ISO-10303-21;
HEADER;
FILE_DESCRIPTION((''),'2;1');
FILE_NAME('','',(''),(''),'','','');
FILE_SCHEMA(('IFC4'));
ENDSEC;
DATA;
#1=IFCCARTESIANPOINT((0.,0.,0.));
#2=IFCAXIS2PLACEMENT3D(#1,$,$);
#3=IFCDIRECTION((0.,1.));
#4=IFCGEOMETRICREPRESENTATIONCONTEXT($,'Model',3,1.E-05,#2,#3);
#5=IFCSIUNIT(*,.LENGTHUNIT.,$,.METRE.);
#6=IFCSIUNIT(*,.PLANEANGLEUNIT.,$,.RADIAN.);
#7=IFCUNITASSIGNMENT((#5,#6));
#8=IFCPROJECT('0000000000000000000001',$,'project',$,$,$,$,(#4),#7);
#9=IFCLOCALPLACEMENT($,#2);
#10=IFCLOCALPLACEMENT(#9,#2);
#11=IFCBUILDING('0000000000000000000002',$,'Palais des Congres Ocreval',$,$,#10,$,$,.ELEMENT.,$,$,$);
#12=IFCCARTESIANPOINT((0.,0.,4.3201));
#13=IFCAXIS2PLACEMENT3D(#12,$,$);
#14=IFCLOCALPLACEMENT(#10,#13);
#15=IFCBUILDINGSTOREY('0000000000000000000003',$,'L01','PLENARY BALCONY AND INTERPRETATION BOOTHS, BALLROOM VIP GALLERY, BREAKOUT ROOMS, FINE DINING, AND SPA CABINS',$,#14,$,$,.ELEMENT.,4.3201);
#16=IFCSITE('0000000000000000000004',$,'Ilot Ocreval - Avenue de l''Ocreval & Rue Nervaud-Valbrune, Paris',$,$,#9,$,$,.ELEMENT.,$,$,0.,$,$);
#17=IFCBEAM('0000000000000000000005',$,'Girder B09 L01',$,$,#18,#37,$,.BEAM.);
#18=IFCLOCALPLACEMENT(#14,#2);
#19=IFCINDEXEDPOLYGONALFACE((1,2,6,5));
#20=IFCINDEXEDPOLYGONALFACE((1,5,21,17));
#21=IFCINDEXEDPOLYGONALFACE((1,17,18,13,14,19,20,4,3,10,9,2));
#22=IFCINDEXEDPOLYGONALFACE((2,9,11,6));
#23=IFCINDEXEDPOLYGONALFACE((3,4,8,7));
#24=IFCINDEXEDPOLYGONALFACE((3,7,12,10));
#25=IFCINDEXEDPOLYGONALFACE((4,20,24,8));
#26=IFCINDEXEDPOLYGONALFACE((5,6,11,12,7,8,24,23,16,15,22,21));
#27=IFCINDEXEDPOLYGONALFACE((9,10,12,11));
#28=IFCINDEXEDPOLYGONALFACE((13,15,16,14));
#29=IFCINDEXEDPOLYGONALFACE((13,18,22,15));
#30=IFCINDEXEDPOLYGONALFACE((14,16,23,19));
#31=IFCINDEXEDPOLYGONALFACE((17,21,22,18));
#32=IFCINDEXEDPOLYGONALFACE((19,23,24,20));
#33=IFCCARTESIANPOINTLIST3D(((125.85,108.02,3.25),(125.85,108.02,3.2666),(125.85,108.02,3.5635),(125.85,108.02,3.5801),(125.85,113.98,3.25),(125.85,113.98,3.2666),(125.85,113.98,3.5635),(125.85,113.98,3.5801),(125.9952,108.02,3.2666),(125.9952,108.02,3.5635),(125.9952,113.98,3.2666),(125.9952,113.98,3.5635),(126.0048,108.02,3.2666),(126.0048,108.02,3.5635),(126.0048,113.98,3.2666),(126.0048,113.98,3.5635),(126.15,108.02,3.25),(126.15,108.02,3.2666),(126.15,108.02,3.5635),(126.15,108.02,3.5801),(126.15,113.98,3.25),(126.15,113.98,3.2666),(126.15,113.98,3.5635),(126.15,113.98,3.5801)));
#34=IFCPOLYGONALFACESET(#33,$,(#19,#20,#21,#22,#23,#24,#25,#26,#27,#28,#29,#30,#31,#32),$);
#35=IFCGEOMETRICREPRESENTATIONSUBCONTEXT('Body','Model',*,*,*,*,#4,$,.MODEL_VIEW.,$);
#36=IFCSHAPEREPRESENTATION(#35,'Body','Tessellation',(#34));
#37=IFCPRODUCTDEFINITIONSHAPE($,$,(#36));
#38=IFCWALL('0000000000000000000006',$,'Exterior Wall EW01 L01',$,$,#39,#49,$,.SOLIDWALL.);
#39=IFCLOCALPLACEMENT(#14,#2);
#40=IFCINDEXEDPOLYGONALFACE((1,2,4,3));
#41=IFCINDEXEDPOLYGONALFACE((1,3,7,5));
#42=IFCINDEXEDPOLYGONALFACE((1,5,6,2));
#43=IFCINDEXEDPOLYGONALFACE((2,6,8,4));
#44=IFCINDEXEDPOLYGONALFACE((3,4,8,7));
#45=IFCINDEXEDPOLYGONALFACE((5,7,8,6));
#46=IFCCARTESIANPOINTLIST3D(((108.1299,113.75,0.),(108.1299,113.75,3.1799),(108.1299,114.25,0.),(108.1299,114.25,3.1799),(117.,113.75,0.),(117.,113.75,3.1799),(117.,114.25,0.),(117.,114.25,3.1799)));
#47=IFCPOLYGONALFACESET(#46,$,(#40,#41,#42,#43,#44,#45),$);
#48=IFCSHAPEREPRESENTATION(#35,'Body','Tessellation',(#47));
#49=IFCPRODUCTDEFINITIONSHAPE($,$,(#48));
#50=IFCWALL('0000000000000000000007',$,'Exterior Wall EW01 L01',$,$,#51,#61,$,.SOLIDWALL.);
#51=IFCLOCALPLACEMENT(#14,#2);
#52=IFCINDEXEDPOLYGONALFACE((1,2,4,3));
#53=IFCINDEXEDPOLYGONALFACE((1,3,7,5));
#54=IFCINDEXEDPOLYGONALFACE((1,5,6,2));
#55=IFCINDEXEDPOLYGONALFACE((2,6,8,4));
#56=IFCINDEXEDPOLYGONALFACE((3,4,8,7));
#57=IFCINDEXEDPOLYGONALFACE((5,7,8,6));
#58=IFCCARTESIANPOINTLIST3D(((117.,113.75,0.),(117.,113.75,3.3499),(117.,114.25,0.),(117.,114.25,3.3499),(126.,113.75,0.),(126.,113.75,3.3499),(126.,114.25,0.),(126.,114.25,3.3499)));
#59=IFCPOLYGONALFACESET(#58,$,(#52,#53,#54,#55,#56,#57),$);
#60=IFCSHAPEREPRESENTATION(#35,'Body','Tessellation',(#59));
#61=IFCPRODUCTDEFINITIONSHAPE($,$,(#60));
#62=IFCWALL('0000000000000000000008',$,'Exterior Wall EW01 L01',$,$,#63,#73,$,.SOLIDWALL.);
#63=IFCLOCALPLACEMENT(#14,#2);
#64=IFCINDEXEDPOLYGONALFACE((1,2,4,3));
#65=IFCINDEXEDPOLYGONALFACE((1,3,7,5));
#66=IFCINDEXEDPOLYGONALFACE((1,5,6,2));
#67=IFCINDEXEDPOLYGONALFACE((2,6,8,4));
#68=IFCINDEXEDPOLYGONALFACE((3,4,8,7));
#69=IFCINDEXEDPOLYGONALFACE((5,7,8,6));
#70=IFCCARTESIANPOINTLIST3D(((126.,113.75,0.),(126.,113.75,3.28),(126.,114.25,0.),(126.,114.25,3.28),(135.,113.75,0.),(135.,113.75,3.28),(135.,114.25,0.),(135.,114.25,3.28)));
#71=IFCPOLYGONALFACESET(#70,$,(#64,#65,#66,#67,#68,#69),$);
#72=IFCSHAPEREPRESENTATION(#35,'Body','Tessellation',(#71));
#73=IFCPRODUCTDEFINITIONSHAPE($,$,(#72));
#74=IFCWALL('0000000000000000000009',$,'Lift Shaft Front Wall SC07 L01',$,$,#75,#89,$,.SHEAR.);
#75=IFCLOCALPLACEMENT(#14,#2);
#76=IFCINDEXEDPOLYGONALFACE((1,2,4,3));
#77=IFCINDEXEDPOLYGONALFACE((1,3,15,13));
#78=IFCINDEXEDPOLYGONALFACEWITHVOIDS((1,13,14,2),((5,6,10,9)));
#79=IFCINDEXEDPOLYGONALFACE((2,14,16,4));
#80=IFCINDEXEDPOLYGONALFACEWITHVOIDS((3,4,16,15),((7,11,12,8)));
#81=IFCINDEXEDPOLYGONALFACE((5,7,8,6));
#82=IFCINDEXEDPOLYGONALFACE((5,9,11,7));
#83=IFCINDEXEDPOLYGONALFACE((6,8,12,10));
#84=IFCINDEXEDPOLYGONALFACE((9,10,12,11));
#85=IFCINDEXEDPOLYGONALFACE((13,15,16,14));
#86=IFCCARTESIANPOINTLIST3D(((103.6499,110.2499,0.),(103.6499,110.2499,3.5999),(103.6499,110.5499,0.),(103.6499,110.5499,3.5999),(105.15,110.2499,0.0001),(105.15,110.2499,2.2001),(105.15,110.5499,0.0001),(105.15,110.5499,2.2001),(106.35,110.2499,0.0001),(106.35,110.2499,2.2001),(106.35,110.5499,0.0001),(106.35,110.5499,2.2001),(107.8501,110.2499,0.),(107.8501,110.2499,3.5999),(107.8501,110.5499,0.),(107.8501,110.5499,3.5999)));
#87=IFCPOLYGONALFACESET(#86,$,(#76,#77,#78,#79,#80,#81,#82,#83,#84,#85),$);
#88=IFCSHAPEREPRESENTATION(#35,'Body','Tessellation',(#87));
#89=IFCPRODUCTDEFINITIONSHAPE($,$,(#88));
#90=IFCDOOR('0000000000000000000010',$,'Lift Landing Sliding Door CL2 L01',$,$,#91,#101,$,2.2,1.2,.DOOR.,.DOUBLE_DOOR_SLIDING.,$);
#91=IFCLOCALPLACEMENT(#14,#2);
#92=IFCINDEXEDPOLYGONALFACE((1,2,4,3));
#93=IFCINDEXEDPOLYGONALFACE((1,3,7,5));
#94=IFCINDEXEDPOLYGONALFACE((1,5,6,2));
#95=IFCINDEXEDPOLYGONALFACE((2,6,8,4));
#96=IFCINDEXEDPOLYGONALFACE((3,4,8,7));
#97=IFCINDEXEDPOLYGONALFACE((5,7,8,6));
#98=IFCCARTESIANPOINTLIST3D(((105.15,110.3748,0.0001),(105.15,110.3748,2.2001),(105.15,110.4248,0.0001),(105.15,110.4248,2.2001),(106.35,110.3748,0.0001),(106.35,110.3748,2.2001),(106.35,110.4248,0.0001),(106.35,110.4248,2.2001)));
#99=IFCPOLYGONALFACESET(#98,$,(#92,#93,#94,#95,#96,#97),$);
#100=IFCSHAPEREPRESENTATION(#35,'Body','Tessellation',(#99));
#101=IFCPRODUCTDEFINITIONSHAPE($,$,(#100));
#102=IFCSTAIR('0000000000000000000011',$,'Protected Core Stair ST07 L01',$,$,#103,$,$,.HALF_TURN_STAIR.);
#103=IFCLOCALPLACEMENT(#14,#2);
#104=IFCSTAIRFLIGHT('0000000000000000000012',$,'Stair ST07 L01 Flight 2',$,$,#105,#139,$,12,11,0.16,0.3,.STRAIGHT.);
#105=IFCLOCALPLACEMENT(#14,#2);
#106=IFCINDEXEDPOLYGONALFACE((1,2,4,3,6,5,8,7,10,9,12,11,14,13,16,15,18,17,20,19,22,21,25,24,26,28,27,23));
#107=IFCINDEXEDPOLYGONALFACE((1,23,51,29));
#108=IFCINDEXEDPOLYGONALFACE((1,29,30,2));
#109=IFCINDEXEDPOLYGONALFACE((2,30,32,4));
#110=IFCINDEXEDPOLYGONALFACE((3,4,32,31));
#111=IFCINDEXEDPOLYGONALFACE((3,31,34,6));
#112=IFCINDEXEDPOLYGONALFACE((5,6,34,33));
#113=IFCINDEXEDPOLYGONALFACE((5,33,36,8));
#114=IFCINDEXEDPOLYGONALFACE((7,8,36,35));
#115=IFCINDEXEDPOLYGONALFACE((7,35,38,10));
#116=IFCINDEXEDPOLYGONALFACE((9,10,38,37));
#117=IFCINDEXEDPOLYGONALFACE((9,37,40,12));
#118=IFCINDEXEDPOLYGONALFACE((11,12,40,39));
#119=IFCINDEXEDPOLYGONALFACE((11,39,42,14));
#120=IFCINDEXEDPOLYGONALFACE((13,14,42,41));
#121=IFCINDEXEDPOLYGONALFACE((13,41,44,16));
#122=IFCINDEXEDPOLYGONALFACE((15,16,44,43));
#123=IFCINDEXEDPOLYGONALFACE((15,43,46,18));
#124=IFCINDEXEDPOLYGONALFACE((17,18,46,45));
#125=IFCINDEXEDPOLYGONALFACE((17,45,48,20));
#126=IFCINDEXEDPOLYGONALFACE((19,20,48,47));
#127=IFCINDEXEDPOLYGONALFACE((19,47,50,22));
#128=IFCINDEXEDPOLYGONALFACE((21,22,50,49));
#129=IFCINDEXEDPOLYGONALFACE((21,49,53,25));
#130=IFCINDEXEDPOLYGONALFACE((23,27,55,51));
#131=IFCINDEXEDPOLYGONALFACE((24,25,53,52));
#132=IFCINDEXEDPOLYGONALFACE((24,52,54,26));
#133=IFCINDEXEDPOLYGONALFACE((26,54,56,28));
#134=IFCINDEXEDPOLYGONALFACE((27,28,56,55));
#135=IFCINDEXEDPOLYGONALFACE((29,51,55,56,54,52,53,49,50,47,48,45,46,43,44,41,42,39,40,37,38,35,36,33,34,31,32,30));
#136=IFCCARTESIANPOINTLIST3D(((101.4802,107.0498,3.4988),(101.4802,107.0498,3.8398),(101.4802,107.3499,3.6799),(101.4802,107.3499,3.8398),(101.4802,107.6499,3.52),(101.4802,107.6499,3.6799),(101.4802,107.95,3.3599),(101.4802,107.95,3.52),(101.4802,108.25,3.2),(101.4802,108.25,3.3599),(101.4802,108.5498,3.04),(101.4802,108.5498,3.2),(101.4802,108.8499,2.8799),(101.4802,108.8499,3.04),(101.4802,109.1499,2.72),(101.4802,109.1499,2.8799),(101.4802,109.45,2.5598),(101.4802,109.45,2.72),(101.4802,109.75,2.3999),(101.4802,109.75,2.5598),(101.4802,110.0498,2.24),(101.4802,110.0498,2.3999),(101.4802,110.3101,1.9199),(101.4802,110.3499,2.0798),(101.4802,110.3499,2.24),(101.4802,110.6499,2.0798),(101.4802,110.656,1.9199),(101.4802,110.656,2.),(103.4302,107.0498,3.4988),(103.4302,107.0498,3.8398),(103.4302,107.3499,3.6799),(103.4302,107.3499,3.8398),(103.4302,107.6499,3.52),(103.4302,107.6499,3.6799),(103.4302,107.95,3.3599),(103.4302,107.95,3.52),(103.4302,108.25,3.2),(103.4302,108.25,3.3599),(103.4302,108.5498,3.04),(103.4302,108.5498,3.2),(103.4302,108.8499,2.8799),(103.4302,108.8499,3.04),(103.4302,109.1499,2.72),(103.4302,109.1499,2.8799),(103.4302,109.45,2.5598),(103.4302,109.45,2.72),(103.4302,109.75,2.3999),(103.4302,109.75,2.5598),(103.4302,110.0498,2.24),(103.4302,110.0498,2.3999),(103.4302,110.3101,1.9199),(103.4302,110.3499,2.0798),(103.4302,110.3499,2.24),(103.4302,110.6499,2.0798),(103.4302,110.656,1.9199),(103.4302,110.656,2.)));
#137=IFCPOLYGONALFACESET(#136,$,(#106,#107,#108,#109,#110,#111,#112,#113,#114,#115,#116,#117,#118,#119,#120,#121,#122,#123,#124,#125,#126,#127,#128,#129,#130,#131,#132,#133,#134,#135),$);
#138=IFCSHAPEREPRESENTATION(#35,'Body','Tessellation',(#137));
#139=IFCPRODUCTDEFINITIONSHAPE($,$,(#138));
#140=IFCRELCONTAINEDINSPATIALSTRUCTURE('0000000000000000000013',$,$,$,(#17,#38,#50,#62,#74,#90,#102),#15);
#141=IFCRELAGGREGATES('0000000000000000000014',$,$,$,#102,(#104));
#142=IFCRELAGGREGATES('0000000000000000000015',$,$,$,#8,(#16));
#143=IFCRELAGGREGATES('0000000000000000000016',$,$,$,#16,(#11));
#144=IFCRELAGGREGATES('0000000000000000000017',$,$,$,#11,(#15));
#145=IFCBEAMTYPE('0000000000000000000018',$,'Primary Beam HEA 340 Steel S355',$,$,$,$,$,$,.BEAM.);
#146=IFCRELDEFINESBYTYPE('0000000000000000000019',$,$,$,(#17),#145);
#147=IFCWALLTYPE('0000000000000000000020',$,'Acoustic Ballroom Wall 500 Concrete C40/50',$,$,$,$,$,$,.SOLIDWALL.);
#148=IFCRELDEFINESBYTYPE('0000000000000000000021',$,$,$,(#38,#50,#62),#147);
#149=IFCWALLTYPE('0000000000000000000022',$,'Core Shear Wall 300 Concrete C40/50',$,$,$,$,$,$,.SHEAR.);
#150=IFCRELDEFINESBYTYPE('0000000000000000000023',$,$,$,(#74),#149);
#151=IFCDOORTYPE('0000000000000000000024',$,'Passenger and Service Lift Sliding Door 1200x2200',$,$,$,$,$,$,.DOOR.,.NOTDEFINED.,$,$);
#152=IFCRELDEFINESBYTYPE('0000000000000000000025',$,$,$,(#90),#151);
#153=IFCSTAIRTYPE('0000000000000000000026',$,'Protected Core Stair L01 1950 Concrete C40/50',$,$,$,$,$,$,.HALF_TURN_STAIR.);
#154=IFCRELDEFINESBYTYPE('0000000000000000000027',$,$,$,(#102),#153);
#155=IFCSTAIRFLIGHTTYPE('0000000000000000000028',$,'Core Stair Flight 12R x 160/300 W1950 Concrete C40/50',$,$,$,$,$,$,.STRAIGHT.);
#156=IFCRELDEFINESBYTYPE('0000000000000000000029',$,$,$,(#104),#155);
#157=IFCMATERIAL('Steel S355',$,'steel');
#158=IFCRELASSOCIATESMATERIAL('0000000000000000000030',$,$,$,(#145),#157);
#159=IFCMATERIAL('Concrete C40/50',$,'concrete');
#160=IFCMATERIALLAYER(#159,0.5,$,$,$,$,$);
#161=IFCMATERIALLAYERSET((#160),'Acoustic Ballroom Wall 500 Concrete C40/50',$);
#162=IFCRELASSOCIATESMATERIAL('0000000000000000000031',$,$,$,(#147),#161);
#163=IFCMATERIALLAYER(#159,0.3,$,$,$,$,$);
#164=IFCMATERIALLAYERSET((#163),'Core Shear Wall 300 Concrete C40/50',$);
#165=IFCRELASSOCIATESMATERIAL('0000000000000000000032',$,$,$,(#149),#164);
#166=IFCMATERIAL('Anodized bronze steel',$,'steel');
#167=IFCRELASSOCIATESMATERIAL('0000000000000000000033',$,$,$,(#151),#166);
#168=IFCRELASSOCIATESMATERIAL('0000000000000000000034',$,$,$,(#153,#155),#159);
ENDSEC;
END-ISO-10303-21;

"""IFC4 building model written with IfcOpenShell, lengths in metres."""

from ifc_helpers import new_model, si_unit, direction, frame, frame_2d, origin, origin_2d, place, context, subcontext, project, spatial, polyline, rectangle, i_section, outline, extrude, material, layer, layer_set, material_profile, profile_set, type_object, element, fill, aggregate, save


model = new_model("IFC4")

# Units and contexts
model_context = context("Model", 3, precision=1e-05, world=origin(), true_north=direction((0.0, 1.0)))
body_context = subcontext(model_context, "Body", "Model", "MODEL_VIEW")
ifc_project = project(units=[si_unit("LENGTHUNIT", "METRE"), si_unit("PLANEANGLEUNIT", "RADIAN")], contexts=[model_context])

# Site, building, storey
site_placement = place(None, origin())
site = spatial("IfcSite", under=ifc_project, at=site_placement, Name="Ilot Ocreval - Avenue de l'Ocreval & Rue Nervaud-Valbrune, Paris", CompositionType="ELEMENT", RefElevation=0.0)
building_placement = place(site_placement, origin())
building = spatial("IfcBuilding", under=site, at=building_placement, Name="Palais des Congres Ocreval", CompositionType="ELEMENT")
storey_placement = place(building_placement, frame((0.0, 0.0, 4.3201)))
storey = spatial("IfcBuildingStorey", under=building, at=storey_placement, Name="L01", Description="PLENARY BALCONY AND INTERPRETATION BOOTHS, BALLROOM VIP GALLERY, BREAKOUT ROOMS, FINE DINING, AND SPA CABINS", CompositionType="ELEMENT", Elevation=4.3201)

# Shared definitions
ifc_material_1 = material(Name="Steel S355", Category="steel")

# Beam
ifc_material_profile_1 = material_profile(ifc_material_1, i_section(OverallWidth=0.3, OverallDepth=0.3301, WebThickness=0.0095, FlangeThickness=0.0166, at=origin_2d()), Name="HEA 340")
ifc_profile_set_1 = profile_set([ifc_material_profile_1], Name="Steel S355")
beam_type_1 = type_object("IfcBeamType", Name="Primary Beam HEA 340 Steel S355", PredefinedType="BEAM", material=ifc_profile_set_1)
beam_1_placement = place(storey_placement, frame((126.0, 108.02, 3.415), z_axis=(0.0, 1.0, 0.0), x_axis=(-1.0, 0.0, 0.0)))
element("IfcBeam", 1, at=beam_1_placement, inside=storey, type_object=beam_type_1, Name="Girder B09 L01", PredefinedType="BEAM", context=body_context, shape_type="SweptSolid", body=[
    extrude(i_section(OverallWidth=0.3, OverallDepth=0.3301, WebThickness=0.0095, FlangeThickness=0.0166, at=origin_2d()), origin(), (0.0, 0.0, 1.0), 5.96),
])

# Walls
ifc_material_2 = material(Name="Concrete C40/50", Category="concrete")
ifc_layer_1 = layer(ifc_material_2, 0.5)
ifc_layer_set_1 = layer_set([ifc_layer_1], Name="Acoustic Ballroom Wall 500 Concrete C40/50")
wall_type_1 = type_object("IfcWallType", Name="Acoustic Ballroom Wall 500 Concrete C40/50", PredefinedType="SOLIDWALL", material=ifc_layer_set_1)
wall_1_placement = place(storey_placement, frame((108.1299, 114.0, 0.0), z_axis=(0.0, 0.0, 1.0), x_axis=(1.0, 0.0, 0.0)))
element("IfcWall", 2, at=wall_1_placement, inside=storey, type_object=wall_type_1, Name="Exterior Wall EW01 L01", PredefinedType="SOLIDWALL", context=body_context, shape_type="SweptSolid", body=[
    extrude(rectangle(XDim=8.8701, YDim=0.5, at=frame_2d((4.4351, 0.0))), origin(), (0.0, 0.0, 1.0), 3.1799),
])
wall_2_placement = place(storey_placement, frame((117.0, 114.0, 0.0), z_axis=(0.0, 0.0, 1.0), x_axis=(1.0, 0.0, 0.0)))
element("IfcWall", 3, at=wall_2_placement, inside=storey, type_object=wall_type_1, Name="Exterior Wall EW01 L01", PredefinedType="SOLIDWALL", context=body_context, shape_type="SweptSolid", body=[
    extrude(rectangle(XDim=9.0, YDim=0.5, at=frame_2d((4.5, 0.0))), origin(), (0.0, 0.0, 1.0), 3.3499),
])
wall_3_placement = place(storey_placement, frame((126.0, 114.0, 0.0), z_axis=(0.0, 0.0, 1.0), x_axis=(1.0, 0.0, 0.0)))
element("IfcWall", 4, at=wall_3_placement, inside=storey, type_object=wall_type_1, Name="Exterior Wall EW01 L01", PredefinedType="SOLIDWALL", context=body_context, shape_type="SweptSolid", body=[
    extrude(rectangle(XDim=9.0, YDim=0.5, at=frame_2d((4.5, 0.0))), origin(), (0.0, 0.0, 1.0), 3.28),
])

# Wall, opening, door
ifc_layer_2 = layer(ifc_material_2, 0.3)
ifc_layer_set_2 = layer_set([ifc_layer_2], Name="Core Shear Wall 300 Concrete C40/50")
wall_type_2 = type_object("IfcWallType", Name="Core Shear Wall 300 Concrete C40/50", PredefinedType="SHEAR", material=ifc_layer_set_2)
wall_4_placement = place(storey_placement, frame((103.6499, 110.3999, 0.0), z_axis=(0.0, 0.0, 1.0), x_axis=(1.0, 0.0, 0.0)))
wall_4 = element("IfcWall", 5, at=wall_4_placement, inside=storey, type_object=wall_type_2, Name="Lift Shaft Front Wall SC07 L01", PredefinedType="SHEAR", context=body_context, shape_type="SweptSolid", body=[
    extrude(rectangle(XDim=4.2002, YDim=0.3, at=frame_2d((2.1001, 0.0))), origin(), (0.0, 0.0, 1.0), 3.5999),
])
opening_placement = place(wall_4_placement, frame((1.5, 0.0, 0.0)))
opening = element("IfcOpeningElement", 6, at=opening_placement, cuts=wall_4, PredefinedType="OPENING", context=body_context, shape_type="SweptSolid", body=[
    extrude(rectangle(XDim=1.2, YDim=2.2, at=frame_2d((0.6001, 1.1001))), frame((0.0, 0.1599, 0.0), z_axis=(0.0, -1.0, 0.0), x_axis=(1.0, 0.0, 0.0)), (0.0, 0.0, 1.0), 0.3201),
])
ifc_material_3 = material(Name="Anodized bronze steel", Category="steel")
door_type = type_object("IfcDoorType", Name="Passenger and Service Lift Sliding Door 1200x2200", OperationType="NOTDEFINED", PredefinedType="DOOR", material=ifc_material_3)
door_placement = place(opening_placement, origin())
door = element("IfcDoor", 7, at=door_placement, inside=storey, type_object=door_type, Name="Lift Landing Sliding Door CL2 L01", OperationType="DOUBLE_DOOR_SLIDING", OverallHeight=2.2, OverallWidth=1.2, PredefinedType="DOOR", context=body_context, shape_type="SweptSolid", body=[
    extrude(rectangle(XDim=1.2, YDim=2.2, at=frame_2d((0.6001, 1.1001))), frame((0.0, 0.0249, 0.0), z_axis=(0.0, -1.0, 0.0), x_axis=(1.0, 0.0, 0.0)), (0.0, 0.0, 1.0), 0.05),
])
fill(opening, door)

# Stair, stair flight
stair_type = type_object("IfcStairType", Name="Protected Core Stair L01 1950 Concrete C40/50", PredefinedType="HALF_TURN_STAIR", material=ifc_material_2)
stair_placement = place(storey_placement, origin())
stair = element("IfcStair", 8, at=stair_placement, inside=storey, type_object=stair_type, Name="Protected Core Stair ST07 L01", PredefinedType="HALF_TURN_STAIR")
stair_flight_type = type_object("IfcStairFlightType", Name="Core Stair Flight 12R x 160/300 W1950 Concrete C40/50", PredefinedType="STRAIGHT", material=ifc_material_2)
stair_flight_placement = place(storey_placement, frame((102.4551, 110.6499, 1.9199), z_axis=(0.0, 0.0, 1.0), x_axis=(0.0, -1.0, 0.0)))
stair_flight = element("IfcStairFlight", 9, at=stair_flight_placement, type_object=stair_flight_type, Name="Stair ST07 L01 Flight 2", NumberOfRisers=12, NumberOfTreads=11, PredefinedType="STRAIGHT", RiserHeight=0.16, TreadLength=0.3, context=body_context, shape_type="SweptSolid", body=[
    extrude(outline(polyline([(-0.0061, 0.0), (-0.0061, 0.0801), (0.0, 0.1599), (0.3, 0.1599), (0.3, 0.3201), (0.6001, 0.3201), (0.6001, 0.48), (0.8999, 0.48), (0.8999, 0.6399), (1.2, 0.6399), (1.2, 0.8), (1.5, 0.8), (1.5, 0.96), (1.8, 0.96), (1.8, 1.1201), (2.1001, 1.1201), (2.1001, 1.28), (2.3999, 1.28), (2.3999, 1.4399), (2.7, 1.4399), (2.7, 1.6001), (3.0, 1.6001), (3.0, 1.76), (3.3, 1.76), (3.3, 1.9199), (3.6001, 1.9199), (3.6001, 1.5789), (0.3398, 0.0), (-0.0061, 0.0)])), frame((0.0, 0.9751, 0.0), z_axis=(0.0, -1.0, 0.0), x_axis=(1.0, 0.0, 0.0)), (0.0, 0.0, 1.0), 1.95),
])
aggregate(stair, [stair_flight])

save(model, "model.ifc")
